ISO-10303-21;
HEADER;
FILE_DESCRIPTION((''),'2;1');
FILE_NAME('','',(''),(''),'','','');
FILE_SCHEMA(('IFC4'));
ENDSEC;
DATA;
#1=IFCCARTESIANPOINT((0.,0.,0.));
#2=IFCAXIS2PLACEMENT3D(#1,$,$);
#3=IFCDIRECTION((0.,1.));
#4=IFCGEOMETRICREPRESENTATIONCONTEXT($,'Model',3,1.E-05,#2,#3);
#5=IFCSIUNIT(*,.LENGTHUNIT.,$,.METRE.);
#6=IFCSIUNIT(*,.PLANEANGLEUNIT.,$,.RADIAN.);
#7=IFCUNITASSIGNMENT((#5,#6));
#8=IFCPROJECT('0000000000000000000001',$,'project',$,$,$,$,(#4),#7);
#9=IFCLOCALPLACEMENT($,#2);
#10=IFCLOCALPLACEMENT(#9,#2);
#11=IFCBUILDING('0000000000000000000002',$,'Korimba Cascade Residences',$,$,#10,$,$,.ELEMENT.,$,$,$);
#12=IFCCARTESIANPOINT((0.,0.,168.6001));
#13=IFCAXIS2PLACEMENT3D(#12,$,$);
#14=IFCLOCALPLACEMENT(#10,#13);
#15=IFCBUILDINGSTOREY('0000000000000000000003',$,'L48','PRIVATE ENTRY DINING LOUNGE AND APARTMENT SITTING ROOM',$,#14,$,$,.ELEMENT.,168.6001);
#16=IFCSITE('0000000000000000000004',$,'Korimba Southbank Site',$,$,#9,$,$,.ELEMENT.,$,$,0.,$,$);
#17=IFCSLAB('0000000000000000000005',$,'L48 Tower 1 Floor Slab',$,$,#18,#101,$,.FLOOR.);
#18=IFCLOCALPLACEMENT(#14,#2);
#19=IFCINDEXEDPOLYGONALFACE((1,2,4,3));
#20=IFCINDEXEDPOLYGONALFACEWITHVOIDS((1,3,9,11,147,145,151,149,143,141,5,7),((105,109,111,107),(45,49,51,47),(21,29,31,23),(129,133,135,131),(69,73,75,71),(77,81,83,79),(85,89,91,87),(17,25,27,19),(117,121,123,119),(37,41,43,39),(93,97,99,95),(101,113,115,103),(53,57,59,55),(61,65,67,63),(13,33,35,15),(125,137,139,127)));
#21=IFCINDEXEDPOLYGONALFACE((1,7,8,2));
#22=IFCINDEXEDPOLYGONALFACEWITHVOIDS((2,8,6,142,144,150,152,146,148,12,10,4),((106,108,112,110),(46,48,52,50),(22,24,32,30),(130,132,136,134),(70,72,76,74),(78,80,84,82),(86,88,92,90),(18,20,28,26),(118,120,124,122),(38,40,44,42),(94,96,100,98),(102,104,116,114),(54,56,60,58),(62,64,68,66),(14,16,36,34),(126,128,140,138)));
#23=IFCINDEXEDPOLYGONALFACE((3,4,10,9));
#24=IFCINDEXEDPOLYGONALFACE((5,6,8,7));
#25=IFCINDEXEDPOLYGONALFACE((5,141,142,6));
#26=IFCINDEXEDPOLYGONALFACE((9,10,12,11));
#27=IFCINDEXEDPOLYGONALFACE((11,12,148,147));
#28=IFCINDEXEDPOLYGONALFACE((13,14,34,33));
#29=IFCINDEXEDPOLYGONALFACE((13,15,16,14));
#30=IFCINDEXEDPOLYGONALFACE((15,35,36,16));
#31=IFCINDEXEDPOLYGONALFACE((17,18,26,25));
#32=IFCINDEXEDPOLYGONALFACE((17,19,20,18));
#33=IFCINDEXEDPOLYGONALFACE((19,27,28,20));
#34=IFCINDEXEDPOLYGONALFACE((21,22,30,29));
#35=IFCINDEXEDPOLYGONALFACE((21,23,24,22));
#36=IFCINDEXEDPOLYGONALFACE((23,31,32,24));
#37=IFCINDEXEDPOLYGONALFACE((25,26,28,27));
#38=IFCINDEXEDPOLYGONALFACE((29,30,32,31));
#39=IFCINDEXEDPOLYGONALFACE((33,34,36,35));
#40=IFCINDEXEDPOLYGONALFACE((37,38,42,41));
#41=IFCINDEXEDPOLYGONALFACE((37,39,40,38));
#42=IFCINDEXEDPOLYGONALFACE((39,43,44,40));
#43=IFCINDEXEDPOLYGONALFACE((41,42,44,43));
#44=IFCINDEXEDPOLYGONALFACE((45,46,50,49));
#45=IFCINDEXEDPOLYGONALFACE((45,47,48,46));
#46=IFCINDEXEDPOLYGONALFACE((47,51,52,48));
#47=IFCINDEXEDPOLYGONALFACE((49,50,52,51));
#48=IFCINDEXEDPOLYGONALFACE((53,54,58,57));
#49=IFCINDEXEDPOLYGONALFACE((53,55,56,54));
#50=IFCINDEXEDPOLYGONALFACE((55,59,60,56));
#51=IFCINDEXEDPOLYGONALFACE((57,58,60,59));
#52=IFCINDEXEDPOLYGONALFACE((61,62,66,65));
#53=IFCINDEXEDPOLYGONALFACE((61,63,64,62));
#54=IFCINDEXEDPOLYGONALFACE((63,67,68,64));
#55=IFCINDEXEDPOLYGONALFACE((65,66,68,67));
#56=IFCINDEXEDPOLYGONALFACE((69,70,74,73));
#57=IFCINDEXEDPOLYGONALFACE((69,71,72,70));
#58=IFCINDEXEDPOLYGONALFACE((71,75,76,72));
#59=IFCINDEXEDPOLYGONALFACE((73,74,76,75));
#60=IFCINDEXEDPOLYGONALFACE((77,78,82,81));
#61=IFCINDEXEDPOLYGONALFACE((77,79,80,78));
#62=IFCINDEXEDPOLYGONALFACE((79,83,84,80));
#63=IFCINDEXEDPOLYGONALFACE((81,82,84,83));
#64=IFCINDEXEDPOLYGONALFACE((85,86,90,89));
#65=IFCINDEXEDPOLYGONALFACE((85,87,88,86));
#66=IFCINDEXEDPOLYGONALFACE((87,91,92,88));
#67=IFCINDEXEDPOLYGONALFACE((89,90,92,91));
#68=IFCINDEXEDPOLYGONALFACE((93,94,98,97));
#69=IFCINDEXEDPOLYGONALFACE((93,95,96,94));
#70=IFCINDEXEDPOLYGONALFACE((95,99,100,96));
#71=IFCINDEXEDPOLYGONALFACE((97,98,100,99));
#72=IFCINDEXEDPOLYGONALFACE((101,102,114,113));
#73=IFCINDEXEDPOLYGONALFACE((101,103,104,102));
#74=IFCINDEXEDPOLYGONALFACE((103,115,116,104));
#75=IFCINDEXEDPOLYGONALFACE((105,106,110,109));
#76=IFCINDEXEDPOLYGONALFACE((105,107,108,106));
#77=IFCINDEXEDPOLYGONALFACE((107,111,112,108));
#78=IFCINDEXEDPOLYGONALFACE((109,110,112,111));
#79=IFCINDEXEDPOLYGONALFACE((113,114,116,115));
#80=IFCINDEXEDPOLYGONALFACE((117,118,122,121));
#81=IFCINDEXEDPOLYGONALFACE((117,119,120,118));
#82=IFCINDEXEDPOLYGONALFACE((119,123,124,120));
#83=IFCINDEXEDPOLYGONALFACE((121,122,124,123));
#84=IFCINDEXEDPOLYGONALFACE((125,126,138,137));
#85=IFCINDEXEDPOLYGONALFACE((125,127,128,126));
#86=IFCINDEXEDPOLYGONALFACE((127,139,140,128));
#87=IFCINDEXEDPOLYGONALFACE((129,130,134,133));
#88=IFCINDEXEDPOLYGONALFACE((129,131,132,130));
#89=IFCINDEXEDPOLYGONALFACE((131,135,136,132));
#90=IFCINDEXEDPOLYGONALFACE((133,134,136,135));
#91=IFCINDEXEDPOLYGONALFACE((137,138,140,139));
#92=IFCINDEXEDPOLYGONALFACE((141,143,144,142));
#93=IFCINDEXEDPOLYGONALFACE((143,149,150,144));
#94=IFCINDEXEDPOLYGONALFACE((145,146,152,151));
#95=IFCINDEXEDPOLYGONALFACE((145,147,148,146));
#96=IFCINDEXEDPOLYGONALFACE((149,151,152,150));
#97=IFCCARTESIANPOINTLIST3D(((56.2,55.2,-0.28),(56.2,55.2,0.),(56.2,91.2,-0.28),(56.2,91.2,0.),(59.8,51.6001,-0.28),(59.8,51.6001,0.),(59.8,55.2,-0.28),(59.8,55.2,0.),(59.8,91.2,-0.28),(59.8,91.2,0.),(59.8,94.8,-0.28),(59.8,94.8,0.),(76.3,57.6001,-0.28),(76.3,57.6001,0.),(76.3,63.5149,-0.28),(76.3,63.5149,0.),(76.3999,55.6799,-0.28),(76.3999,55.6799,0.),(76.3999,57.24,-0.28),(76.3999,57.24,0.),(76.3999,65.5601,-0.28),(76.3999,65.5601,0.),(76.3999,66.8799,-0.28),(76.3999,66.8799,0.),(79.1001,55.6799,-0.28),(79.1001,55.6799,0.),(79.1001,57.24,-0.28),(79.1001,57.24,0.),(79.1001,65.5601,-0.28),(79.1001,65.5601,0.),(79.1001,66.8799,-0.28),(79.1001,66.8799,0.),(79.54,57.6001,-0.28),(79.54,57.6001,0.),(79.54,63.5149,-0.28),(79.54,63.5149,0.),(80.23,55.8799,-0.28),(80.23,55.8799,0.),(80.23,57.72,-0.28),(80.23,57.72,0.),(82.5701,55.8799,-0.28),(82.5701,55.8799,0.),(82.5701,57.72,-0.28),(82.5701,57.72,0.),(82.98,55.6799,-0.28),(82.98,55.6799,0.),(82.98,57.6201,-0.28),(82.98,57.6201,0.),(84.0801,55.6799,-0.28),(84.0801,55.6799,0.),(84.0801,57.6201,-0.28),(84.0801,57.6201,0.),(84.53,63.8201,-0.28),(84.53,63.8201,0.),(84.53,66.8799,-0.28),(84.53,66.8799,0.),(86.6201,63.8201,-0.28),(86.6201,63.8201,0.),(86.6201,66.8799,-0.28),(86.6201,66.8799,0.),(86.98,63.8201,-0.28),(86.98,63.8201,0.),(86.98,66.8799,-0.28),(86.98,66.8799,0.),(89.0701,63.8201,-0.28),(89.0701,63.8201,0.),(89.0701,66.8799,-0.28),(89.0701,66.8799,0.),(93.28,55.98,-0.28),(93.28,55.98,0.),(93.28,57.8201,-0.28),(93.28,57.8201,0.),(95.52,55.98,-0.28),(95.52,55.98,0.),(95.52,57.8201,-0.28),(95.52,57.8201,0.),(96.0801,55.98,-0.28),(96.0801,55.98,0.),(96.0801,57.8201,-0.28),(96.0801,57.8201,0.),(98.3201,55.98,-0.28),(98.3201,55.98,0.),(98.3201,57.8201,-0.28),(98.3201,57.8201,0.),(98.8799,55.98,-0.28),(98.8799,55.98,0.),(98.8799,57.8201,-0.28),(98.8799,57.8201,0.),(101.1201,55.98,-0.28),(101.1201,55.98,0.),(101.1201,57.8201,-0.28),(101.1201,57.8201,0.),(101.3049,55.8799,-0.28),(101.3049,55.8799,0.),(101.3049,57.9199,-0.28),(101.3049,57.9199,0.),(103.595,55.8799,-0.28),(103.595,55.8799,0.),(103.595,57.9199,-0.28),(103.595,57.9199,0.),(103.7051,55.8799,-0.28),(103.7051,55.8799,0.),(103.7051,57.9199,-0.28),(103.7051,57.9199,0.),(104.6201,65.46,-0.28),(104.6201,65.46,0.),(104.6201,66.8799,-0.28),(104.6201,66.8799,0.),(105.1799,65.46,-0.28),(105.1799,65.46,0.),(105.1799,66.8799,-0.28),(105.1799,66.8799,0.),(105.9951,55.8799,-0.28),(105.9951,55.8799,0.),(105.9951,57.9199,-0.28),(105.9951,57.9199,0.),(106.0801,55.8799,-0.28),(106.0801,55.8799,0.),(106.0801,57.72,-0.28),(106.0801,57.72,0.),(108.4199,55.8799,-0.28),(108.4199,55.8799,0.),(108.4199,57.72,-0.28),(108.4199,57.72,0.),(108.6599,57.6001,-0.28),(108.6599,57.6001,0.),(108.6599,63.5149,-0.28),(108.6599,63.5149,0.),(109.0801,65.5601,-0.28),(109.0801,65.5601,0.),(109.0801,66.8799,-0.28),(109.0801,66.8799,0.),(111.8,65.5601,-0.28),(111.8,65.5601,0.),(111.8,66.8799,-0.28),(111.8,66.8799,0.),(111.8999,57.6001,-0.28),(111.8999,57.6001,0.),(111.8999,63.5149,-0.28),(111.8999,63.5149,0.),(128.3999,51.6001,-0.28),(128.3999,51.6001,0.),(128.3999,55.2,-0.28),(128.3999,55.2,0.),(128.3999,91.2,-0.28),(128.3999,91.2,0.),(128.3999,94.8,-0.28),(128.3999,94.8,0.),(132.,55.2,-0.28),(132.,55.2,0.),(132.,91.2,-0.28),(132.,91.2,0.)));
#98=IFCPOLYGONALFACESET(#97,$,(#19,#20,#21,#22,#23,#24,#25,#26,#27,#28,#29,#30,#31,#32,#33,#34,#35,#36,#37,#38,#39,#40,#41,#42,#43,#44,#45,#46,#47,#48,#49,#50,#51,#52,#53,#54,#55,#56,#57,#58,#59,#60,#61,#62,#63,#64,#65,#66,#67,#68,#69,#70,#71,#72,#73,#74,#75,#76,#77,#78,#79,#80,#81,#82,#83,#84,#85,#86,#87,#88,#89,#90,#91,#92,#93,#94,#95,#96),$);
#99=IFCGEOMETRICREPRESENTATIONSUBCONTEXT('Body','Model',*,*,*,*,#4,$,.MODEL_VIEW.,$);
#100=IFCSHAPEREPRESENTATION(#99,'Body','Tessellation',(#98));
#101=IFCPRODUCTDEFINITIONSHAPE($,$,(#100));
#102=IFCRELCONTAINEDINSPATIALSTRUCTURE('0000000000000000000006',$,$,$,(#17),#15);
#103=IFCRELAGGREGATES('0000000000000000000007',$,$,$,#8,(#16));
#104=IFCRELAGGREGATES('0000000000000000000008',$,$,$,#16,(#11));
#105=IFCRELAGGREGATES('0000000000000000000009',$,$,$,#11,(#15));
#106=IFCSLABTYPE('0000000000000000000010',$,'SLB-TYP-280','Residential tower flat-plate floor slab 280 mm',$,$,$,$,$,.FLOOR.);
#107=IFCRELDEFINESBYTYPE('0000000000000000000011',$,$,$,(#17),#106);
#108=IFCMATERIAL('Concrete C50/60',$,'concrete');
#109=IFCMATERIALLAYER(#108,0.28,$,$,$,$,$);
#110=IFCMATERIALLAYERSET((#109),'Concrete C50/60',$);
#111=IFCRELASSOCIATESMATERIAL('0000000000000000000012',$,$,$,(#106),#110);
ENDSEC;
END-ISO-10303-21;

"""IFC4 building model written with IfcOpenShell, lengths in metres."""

from ifc_helpers import new_model, si_unit, direction, frame, origin, place, context, subcontext, project, spatial, polyline, outline, extrude, material, layer, layer_set, type_object, element, save


model = new_model("IFC4")

# Units and contexts
model_context = context("Model", 3, precision=1e-05, world=origin(), true_north=direction((0.0, 1.0)))
body_context = subcontext(model_context, "Body", "Model", "MODEL_VIEW")
ifc_project = project(units=[si_unit("LENGTHUNIT", "METRE"), si_unit("PLANEANGLEUNIT", "RADIAN")], contexts=[model_context])

# Site, building, storey
site_placement = place(None, origin())
site = spatial("IfcSite", under=ifc_project, at=site_placement, Name="Korimba Southbank Site", CompositionType="ELEMENT", RefElevation=0.0)
building_placement = place(site_placement, origin())
building = spatial("IfcBuilding", under=site, at=building_placement, Name="Korimba Cascade Residences", CompositionType="ELEMENT")
storey_placement = place(building_placement, frame((0.0, 0.0, 168.6001)))
storey = spatial("IfcBuildingStorey", under=building, at=storey_placement, Name="L48", Description="PRIVATE ENTRY DINING LOUNGE AND APARTMENT SITTING ROOM", CompositionType="ELEMENT", Elevation=168.6001)

# Shared definitions
ifc_material_1 = material(Name="Concrete C50/60", Category="concrete")

# Slab
ifc_layer_1 = layer(ifc_material_1, 0.28)
ifc_layer_set_1 = layer_set([ifc_layer_1], Name="Concrete C50/60")
slab_type_1 = type_object("IfcSlabType", Name="SLB-TYP-280", Description="Residential tower flat-plate floor slab 280 mm", PredefinedType="FLOOR", material=ifc_layer_set_1)
slab_1_placement = place(storey_placement, frame((0.0, 0.0, -0.28)))
element("IfcSlab", 1, at=slab_1_placement, inside=storey, type_object=slab_type_1, Name="L48 Tower 1 Floor Slab", PredefinedType="FLOOR", context=body_context, shape_type="SweptSolid", body=[
    extrude(outline(polyline([(59.8, 51.6001), (128.3999, 51.6001), (128.3999, 55.2), (132.0, 55.2), (132.0, 91.2), (128.3999, 91.2), (128.3999, 94.8), (59.8, 94.8), (59.8, 91.2), (56.2, 91.2), (56.2, 55.2), (59.8, 55.2), (59.8, 51.6001)]), holes=[polyline([(76.3, 63.5149), (76.3, 57.6001), (79.54, 57.6001), (79.54, 63.5149), (76.3, 63.5149)]), polyline([(108.6599, 63.5149), (108.6599, 57.6001), (111.8999, 57.6001), (111.8999, 63.5149), (108.6599, 63.5149)]), polyline([(80.23, 55.8799), (82.5701, 55.8799), (82.5701, 57.72), (80.23, 57.72), (80.23, 55.8799)]), polyline([(106.0801, 55.8799), (108.4199, 55.8799), (108.4199, 57.72), (106.0801, 57.72), (106.0801, 55.8799)]), polyline([(93.28, 55.98), (95.52, 55.98), (95.52, 57.8201), (93.28, 57.8201), (93.28, 55.98)]), polyline([(96.0801, 55.98), (98.3201, 55.98), (98.3201, 57.8201), (96.0801, 57.8201), (96.0801, 55.98)]), polyline([(98.8799, 55.98), (101.1201, 55.98), (101.1201, 57.8201), (98.8799, 57.8201), (98.8799, 55.98)]), polyline([(101.3049, 55.8799), (103.595, 55.8799), (103.595, 57.9199), (101.3049, 57.9199), (101.3049, 55.8799)]), polyline([(103.7051, 55.8799), (105.9951, 55.8799), (105.9951, 57.9199), (103.7051, 57.9199), (103.7051, 55.8799)]), polyline([(82.98, 55.6799), (84.0801, 55.6799), (84.0801, 57.6201), (82.98, 57.6201), (82.98, 55.6799)]), polyline([(76.3999, 65.5601), (79.1001, 65.5601), (79.1001, 66.8799), (76.3999, 66.8799), (76.3999, 65.5601)]), polyline([(76.3999, 55.6799), (79.1001, 55.6799), (79.1001, 57.24), (76.3999, 57.24), (76.3999, 55.6799)]), polyline([(84.53, 63.8201), (86.6201, 63.8201), (86.6201, 66.8799), (84.53, 66.8799), (84.53, 63.8201)]), polyline([(86.98, 63.8201), (89.0701, 63.8201), (89.0701, 66.8799), (86.98, 66.8799), (86.98, 63.8201)]), polyline([(104.6201, 65.46), (105.1799, 65.46), (105.1799, 66.8799), (104.6201, 66.8799), (104.6201, 65.46)]), polyline([(109.0801, 65.5601), (111.8, 65.5601), (111.8, 66.8799), (109.0801, 66.8799), (109.0801, 65.5601)])]), origin(), (0.0, 0.0, 1.0), 0.28),
])

save(model, "model.ifc")
